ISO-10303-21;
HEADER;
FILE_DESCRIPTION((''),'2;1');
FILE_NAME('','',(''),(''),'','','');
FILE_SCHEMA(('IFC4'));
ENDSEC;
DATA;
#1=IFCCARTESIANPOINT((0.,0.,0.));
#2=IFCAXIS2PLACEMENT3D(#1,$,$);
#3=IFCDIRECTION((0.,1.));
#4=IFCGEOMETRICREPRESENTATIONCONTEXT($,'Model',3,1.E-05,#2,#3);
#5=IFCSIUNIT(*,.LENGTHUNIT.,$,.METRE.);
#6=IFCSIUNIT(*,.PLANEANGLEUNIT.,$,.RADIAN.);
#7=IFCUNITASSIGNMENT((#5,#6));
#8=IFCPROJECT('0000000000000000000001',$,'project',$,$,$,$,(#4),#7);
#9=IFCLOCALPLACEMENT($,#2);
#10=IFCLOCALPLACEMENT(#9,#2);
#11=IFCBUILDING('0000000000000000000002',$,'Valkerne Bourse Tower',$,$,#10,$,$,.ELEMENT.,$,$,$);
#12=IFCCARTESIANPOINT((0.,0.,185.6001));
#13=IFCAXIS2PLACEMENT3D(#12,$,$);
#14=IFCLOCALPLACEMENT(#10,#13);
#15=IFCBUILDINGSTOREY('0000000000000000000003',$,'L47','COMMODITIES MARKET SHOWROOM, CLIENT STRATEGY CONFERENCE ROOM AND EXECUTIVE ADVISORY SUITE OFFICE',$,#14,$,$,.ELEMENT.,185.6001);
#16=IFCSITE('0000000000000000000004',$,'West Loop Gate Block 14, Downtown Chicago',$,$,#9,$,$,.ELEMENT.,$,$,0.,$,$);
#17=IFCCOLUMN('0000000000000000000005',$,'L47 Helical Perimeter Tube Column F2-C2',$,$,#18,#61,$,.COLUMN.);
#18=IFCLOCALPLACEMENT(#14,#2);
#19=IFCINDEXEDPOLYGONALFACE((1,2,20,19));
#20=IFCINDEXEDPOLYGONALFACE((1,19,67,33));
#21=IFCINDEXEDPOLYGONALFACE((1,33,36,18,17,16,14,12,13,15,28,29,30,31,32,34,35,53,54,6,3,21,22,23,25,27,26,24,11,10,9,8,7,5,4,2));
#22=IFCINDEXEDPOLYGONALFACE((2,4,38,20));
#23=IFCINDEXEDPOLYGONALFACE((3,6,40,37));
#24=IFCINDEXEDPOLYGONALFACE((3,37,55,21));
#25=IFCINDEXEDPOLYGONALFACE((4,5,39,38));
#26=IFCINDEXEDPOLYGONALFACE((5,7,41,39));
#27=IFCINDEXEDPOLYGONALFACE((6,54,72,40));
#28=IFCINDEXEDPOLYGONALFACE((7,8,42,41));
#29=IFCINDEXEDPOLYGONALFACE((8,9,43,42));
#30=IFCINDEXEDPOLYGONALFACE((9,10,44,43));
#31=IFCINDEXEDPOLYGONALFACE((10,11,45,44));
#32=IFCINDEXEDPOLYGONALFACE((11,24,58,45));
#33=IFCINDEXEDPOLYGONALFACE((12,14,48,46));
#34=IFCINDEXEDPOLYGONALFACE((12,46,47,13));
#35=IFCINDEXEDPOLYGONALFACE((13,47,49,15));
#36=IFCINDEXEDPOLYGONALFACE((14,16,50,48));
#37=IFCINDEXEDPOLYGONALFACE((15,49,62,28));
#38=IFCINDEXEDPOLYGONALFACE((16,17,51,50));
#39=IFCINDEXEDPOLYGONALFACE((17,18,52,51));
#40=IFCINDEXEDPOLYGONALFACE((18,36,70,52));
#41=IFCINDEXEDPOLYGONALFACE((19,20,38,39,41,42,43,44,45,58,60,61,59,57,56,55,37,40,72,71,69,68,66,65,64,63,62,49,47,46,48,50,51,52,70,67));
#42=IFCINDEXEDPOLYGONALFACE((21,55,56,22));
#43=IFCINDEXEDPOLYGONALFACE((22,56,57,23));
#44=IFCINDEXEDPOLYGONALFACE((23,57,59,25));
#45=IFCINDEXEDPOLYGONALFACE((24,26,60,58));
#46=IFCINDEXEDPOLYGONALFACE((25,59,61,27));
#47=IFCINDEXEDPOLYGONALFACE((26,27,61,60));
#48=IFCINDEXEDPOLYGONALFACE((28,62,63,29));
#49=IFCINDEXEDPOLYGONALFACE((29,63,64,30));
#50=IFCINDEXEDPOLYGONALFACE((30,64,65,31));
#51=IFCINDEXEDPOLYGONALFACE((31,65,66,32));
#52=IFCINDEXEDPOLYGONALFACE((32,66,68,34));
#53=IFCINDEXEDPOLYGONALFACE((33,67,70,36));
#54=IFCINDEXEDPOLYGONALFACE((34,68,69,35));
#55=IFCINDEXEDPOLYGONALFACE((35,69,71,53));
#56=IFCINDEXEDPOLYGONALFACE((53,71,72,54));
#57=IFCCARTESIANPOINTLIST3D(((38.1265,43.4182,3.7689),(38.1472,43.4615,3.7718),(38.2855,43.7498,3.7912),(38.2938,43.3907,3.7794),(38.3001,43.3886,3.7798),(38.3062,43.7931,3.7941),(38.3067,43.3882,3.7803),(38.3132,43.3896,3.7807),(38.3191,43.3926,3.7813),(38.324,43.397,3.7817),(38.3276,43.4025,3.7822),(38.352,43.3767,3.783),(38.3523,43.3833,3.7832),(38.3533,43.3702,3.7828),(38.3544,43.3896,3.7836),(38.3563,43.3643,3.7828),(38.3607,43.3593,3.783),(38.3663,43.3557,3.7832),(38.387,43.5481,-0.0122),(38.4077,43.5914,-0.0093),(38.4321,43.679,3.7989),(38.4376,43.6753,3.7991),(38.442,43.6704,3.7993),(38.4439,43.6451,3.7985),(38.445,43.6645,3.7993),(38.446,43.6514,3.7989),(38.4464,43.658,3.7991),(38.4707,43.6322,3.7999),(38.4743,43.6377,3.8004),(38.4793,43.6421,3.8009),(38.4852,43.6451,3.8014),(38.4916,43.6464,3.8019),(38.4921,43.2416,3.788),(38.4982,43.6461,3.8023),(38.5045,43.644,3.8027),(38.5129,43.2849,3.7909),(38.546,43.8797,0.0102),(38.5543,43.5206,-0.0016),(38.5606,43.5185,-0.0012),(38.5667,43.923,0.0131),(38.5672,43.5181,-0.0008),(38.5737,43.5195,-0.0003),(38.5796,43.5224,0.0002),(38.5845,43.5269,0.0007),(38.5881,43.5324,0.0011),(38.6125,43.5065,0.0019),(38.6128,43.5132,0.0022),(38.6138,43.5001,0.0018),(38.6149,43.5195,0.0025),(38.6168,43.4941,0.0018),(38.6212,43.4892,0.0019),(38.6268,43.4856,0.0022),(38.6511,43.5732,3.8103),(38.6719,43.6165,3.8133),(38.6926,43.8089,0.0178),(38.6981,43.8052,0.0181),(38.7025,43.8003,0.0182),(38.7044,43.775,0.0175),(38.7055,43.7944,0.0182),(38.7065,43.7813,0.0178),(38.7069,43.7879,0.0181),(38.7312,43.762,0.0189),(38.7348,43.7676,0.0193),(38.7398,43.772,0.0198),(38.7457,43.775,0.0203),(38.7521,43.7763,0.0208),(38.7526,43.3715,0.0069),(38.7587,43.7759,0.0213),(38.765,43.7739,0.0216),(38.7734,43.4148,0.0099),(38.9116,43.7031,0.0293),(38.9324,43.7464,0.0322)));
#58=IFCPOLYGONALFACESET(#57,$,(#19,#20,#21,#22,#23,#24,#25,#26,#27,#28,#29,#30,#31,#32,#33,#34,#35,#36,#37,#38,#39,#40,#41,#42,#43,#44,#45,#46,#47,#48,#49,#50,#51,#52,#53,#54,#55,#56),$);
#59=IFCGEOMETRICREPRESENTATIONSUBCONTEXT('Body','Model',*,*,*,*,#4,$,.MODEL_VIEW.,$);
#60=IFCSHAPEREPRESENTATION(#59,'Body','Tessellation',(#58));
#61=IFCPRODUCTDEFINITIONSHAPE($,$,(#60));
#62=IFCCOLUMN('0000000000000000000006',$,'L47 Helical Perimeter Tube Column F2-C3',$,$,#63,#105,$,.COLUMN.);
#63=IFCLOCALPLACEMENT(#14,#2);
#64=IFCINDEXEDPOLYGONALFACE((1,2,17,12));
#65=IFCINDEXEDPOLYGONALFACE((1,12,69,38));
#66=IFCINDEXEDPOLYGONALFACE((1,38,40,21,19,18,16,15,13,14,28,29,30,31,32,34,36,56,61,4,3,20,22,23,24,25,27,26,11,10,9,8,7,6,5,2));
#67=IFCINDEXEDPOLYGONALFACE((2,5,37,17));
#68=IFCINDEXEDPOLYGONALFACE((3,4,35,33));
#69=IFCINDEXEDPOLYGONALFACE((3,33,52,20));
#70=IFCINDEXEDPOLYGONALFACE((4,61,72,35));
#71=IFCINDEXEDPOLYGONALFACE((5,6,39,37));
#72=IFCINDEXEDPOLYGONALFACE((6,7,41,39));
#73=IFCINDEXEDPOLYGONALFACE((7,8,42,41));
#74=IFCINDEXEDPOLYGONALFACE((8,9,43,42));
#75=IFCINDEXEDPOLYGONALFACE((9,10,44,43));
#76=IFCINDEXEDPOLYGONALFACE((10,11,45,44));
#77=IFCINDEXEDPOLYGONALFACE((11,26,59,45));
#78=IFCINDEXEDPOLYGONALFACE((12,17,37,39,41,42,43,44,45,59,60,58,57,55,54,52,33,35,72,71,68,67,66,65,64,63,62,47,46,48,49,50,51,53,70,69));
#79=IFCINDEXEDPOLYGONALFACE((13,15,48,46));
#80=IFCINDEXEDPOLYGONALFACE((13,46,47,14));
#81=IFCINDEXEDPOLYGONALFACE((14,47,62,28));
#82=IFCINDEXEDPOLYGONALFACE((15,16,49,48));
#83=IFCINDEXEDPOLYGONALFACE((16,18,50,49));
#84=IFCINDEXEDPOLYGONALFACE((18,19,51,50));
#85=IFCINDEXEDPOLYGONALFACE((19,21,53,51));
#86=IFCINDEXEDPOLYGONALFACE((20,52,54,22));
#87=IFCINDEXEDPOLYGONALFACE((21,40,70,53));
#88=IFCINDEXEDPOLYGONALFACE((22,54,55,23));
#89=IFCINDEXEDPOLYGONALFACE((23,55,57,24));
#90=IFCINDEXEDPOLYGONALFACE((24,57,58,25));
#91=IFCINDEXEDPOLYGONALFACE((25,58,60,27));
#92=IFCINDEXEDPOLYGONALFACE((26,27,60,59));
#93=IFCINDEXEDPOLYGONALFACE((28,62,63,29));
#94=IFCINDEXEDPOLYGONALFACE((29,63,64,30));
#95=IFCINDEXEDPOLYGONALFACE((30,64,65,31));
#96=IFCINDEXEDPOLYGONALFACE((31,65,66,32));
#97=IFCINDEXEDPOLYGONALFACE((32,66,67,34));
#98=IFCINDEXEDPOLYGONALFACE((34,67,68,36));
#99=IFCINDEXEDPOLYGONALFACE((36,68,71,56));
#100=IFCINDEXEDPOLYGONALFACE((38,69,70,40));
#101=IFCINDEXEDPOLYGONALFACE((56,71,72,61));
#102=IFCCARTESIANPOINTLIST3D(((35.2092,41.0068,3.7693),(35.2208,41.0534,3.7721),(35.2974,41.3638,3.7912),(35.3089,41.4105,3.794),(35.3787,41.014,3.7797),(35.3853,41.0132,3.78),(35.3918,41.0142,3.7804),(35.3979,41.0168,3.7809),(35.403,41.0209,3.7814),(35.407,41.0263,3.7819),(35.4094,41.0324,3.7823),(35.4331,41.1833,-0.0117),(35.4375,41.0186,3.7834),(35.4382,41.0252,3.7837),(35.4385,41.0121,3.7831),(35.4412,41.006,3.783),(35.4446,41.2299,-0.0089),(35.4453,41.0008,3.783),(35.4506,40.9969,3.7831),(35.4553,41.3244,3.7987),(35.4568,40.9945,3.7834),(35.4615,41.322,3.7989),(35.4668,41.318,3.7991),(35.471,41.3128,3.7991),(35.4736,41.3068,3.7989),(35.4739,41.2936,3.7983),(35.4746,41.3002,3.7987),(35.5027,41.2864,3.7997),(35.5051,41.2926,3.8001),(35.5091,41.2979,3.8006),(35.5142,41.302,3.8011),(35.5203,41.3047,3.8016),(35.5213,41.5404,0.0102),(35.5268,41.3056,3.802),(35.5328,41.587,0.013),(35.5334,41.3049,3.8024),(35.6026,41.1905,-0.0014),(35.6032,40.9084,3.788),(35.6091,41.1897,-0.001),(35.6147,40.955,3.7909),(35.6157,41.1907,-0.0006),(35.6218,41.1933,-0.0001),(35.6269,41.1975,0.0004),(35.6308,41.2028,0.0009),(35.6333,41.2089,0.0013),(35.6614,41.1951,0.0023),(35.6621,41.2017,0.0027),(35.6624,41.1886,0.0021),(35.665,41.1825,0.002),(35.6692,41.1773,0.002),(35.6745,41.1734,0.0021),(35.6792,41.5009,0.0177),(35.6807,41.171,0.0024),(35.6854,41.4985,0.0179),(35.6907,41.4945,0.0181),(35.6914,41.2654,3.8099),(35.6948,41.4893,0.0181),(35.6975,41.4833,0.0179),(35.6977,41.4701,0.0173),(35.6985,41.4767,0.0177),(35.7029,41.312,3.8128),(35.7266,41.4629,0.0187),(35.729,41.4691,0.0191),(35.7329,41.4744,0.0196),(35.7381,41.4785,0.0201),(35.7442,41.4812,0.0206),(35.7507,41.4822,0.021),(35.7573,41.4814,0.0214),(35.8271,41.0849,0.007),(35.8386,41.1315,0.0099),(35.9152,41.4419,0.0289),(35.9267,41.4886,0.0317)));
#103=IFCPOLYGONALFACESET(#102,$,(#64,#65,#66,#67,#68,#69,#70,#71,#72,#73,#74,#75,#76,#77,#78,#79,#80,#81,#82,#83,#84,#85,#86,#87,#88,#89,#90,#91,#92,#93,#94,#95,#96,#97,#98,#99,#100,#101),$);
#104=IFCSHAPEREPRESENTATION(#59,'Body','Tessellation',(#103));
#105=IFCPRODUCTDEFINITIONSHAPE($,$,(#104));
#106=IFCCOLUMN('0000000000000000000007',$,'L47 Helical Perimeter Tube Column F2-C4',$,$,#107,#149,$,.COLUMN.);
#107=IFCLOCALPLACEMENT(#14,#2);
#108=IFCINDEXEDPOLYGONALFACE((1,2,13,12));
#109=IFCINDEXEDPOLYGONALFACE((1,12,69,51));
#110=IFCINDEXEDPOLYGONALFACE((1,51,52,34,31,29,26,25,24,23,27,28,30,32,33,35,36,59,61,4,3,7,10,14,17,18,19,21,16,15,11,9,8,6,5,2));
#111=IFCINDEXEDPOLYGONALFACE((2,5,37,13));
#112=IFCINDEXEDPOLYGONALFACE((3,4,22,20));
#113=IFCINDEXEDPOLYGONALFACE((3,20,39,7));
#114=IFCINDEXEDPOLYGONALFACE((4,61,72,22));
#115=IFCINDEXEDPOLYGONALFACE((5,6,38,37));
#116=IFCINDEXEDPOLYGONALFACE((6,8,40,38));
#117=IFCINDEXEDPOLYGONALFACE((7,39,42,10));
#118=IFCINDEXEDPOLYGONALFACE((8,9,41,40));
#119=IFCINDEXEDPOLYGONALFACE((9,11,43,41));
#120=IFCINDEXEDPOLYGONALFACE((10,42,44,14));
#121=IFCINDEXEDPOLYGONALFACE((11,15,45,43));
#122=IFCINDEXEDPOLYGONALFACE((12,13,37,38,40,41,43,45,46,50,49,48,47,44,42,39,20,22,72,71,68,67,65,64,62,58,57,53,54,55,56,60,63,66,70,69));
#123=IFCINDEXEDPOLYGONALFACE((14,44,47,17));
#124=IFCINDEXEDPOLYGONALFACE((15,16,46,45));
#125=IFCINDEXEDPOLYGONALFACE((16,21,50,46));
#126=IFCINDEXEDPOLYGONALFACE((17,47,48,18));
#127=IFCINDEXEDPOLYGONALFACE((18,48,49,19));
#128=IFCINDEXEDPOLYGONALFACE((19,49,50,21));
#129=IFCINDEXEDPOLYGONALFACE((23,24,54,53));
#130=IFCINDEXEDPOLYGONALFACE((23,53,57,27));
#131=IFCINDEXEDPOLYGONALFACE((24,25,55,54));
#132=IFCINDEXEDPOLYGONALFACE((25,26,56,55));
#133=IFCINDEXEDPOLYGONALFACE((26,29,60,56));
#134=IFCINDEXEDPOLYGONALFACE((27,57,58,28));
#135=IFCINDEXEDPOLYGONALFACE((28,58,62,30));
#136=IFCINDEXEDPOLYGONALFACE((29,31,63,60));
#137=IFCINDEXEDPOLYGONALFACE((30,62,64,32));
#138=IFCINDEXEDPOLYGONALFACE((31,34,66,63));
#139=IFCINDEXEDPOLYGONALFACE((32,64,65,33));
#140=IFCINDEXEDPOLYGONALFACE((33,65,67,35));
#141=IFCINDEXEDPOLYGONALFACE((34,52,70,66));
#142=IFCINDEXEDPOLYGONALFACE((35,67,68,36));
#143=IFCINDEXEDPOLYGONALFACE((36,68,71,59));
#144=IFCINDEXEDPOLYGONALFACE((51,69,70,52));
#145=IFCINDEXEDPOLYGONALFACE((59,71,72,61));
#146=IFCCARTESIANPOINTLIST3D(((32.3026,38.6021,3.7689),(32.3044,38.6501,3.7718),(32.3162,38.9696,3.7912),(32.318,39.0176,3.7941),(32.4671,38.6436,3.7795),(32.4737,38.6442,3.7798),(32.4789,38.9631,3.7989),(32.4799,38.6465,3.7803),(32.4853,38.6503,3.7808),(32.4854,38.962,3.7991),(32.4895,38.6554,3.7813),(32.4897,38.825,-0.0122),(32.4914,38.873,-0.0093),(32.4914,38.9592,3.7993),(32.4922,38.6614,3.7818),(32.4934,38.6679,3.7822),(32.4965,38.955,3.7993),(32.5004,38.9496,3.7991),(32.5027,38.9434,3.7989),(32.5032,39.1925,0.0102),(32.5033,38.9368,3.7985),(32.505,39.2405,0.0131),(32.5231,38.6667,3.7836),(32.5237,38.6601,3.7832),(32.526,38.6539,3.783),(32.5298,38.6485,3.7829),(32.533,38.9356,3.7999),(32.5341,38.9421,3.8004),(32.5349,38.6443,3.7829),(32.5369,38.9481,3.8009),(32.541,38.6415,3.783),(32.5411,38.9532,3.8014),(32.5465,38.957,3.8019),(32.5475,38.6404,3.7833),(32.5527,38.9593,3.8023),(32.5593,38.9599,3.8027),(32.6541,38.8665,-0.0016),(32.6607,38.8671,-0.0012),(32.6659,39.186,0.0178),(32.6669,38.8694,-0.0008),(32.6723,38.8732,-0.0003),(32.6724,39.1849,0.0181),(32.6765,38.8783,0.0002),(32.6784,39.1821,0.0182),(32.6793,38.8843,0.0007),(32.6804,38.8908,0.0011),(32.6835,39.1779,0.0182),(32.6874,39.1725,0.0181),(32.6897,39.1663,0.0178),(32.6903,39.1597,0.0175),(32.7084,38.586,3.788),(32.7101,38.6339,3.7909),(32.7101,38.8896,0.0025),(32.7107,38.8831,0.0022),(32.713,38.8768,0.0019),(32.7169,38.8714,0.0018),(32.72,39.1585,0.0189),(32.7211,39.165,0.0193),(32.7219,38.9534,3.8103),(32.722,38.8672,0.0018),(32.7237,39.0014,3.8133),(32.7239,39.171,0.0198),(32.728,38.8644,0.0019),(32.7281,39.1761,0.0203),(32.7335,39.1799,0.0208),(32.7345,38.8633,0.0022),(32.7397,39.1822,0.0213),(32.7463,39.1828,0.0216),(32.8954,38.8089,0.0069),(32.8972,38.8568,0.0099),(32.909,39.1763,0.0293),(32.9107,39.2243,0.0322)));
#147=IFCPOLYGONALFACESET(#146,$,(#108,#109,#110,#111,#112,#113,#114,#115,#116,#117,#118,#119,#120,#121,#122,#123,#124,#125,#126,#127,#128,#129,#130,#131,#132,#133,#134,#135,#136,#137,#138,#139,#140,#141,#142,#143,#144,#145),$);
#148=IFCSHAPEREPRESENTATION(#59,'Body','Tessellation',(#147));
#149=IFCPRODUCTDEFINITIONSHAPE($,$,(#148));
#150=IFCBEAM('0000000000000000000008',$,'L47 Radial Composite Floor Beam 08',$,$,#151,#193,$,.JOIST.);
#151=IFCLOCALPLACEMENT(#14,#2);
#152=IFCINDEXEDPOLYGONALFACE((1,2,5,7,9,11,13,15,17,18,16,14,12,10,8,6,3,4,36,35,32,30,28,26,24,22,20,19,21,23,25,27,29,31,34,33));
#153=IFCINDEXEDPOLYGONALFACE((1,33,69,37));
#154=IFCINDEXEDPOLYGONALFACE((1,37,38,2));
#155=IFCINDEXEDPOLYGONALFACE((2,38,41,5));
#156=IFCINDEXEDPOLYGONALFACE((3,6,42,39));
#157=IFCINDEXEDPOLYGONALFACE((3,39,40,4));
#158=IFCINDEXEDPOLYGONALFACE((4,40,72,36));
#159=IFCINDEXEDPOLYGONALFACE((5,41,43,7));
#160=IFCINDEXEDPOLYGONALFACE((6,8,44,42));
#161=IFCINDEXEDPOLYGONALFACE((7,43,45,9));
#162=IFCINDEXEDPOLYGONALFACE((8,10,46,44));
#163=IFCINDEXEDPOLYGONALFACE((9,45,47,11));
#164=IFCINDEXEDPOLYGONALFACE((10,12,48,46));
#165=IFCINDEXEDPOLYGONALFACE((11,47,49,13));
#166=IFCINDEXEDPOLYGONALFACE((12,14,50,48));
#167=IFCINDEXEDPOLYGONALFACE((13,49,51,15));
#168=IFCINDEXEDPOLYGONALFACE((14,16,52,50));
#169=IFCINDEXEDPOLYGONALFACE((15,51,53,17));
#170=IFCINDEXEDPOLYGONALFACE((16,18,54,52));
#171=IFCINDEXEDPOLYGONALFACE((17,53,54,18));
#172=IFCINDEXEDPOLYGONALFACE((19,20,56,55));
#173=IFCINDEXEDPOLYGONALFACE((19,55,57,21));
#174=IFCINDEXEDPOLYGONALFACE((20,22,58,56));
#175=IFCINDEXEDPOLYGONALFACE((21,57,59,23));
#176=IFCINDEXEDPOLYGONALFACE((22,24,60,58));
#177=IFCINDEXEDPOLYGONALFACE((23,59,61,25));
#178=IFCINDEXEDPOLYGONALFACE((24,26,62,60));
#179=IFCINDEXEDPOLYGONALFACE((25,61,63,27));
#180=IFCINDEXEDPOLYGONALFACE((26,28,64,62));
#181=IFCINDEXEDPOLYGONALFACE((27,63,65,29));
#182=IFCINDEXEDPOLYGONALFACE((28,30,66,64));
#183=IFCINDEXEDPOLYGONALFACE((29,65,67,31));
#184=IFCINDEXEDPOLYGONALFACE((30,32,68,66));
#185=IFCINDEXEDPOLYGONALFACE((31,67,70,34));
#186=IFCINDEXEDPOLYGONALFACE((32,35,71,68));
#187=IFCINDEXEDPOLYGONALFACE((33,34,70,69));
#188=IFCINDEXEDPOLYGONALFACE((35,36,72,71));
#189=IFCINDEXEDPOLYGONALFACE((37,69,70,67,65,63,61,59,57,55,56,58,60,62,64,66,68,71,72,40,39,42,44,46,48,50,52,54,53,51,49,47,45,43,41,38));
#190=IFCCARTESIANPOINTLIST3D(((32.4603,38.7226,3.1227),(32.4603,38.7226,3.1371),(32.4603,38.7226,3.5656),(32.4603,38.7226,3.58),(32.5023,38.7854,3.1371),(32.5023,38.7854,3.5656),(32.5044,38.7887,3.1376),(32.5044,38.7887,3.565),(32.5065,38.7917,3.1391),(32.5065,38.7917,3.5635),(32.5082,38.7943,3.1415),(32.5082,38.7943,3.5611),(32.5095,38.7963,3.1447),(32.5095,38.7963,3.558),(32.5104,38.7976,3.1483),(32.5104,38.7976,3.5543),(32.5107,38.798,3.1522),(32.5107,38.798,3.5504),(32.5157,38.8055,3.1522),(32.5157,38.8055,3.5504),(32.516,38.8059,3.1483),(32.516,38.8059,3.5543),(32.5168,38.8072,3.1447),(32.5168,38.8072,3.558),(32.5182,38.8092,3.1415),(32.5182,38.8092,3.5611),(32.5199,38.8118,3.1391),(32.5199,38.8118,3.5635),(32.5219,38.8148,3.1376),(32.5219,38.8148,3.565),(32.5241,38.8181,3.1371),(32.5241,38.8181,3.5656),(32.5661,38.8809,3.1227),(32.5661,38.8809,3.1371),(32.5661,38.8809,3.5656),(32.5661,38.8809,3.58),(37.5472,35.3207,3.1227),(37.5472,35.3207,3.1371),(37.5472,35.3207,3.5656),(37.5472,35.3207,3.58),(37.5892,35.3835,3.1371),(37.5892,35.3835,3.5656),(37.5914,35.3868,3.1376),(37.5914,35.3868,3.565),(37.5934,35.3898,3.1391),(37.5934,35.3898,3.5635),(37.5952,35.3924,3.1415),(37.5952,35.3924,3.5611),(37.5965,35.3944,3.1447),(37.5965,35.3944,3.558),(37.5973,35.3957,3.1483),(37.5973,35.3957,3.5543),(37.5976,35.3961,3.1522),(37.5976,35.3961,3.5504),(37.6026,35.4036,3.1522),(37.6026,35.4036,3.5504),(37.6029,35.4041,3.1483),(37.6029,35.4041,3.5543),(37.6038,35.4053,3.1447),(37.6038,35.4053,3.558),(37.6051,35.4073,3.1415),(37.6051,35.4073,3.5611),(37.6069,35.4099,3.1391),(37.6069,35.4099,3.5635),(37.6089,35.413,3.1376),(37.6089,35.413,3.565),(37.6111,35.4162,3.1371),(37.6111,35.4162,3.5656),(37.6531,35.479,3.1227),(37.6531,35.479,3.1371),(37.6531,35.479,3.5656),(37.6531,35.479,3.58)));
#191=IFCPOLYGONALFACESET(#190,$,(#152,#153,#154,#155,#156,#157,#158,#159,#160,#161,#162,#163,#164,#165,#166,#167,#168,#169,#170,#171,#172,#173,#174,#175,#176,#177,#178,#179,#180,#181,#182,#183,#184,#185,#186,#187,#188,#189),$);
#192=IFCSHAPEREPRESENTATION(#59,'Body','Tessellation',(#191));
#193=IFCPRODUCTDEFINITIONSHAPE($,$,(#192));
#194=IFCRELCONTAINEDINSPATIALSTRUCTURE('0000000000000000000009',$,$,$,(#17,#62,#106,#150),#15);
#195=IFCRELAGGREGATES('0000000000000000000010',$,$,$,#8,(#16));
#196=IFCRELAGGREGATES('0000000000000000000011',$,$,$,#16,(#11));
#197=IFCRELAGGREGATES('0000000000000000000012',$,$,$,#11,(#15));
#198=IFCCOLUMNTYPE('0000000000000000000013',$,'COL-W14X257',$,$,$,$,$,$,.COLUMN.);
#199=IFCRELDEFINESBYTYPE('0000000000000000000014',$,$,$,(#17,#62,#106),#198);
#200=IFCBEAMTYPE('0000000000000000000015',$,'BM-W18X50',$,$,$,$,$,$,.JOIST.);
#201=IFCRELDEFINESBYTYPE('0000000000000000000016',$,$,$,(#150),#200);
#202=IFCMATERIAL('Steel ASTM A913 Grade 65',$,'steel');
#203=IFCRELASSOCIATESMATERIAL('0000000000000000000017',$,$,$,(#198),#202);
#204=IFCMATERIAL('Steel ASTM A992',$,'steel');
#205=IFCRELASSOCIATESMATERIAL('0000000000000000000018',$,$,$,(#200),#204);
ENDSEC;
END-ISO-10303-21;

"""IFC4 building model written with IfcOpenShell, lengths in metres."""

from ifc_helpers import new_model, si_unit, direction, frame, origin, origin_2d, place, context, subcontext, project, spatial, i_section, extrude, material, material_profile, profile_set, type_object, element, save


model = new_model("IFC4")

# Units and contexts
model_context = context("Model", 3, precision=1e-05, world=origin(), true_north=direction((0.0, 1.0)))
body_context = subcontext(model_context, "Body", "Model", "MODEL_VIEW")
ifc_project = project(units=[si_unit("LENGTHUNIT", "METRE"), si_unit("PLANEANGLEUNIT", "RADIAN")], contexts=[model_context])

# Site, building, storey
site_placement = place(None, origin())
site = spatial("IfcSite", under=ifc_project, at=site_placement, Name="West Loop Gate Block 14, Downtown Chicago", CompositionType="ELEMENT", RefElevation=0.0)
building_placement = place(site_placement, origin())
building = spatial("IfcBuilding", under=site, at=building_placement, Name="Valkerne Bourse Tower", CompositionType="ELEMENT")
storey_placement = place(building_placement, frame((0.0, 0.0, 185.6001)))
storey = spatial("IfcBuildingStorey", under=building, at=storey_placement, Name="L47", Description="COMMODITIES MARKET SHOWROOM, CLIENT STRATEGY CONFERENCE ROOM AND EXECUTIVE ADVISORY SUITE OFFICE", CompositionType="ELEMENT", Elevation=185.6001)

# Columns
ifc_material_1 = material(Name="Steel ASTM A913 Grade 65", Category="steel")
ifc_material_profile_1 = material_profile(ifc_material_1, i_section(OverallWidth=0.4065, OverallDepth=0.4165, WebThickness=0.0298, FlangeThickness=0.0481, FilletRadius=0.0254, at=origin_2d()), Name="W14X257")
ifc_profile_set_1 = profile_set([ifc_material_profile_1], Name="Steel ASTM A913 Grade 65")
column_type = type_object("IfcColumnType", Name="COL-W14X257", PredefinedType="COLUMN", material=ifc_profile_set_1)
column_1_placement = place(storey_placement, frame((38.6597, 43.6472, 0.01), z_axis=(-0.068693, -0.03425, 0.99705), x_axis=(-0.899463, 0.434457, -0.047046)))
element("IfcColumn", 1, at=column_1_placement, inside=storey, type_object=column_type, Name="L47 Helical Perimeter Tube Column F2-C2", PredefinedType="COLUMN", context=body_context, shape_type="SweptSolid", body=[
    extrude(i_section(OverallWidth=0.4065, OverallDepth=0.4165, WebThickness=0.0298, FlangeThickness=0.0481, FilletRadius=0.0254, at=origin_2d()), origin(), (0.0, 0.0, 1.0), 3.7922),
])
column_2_placement = place(storey_placement, frame((35.6799, 41.3359, 0.01), z_axis=(-0.059043, -0.046552, 0.997169), x_axis=(-0.96916, 0.242087, -0.046083)))
element("IfcColumn", 2, at=column_2_placement, inside=storey, type_object=column_type, Name="L47 Helical Perimeter Tube Column F2-C3", PredefinedType="COLUMN", context=body_context, shape_type="SweptSolid", body=[
    extrude(i_section(OverallWidth=0.4065, OverallDepth=0.4165, WebThickness=0.0298, FlangeThickness=0.0481, FilletRadius=0.0254, at=origin_2d()), origin(), (0.0, 0.0, 1.0), 3.7917),
])
column_3_placement = place(storey_placement, frame((32.7002, 39.0247, 0.01), z_axis=(-0.049315, -0.058779, 0.997052), x_axis=(-0.998104, 0.039709, -0.047026)))
element("IfcColumn", 3, at=column_3_placement, inside=storey, type_object=column_type, Name="L47 Helical Perimeter Tube Column F2-C4", PredefinedType="COLUMN", context=body_context, shape_type="SweptSolid", body=[
    extrude(i_section(OverallWidth=0.4065, OverallDepth=0.4165, WebThickness=0.0298, FlangeThickness=0.0481, FilletRadius=0.0254, at=origin_2d()), origin(), (0.0, 0.0, 1.0), 3.7922),
])

# Beam
ifc_material_2 = material(Name="Steel ASTM A992", Category="steel")
ifc_material_profile_2 = material_profile(ifc_material_2, i_section(OverallWidth=0.1904, OverallDepth=0.4573, WebThickness=0.009, FlangeThickness=0.0144, FilletRadius=0.0151, at=origin_2d()), Name="W18X50")
ifc_profile_set_2 = profile_set([ifc_material_profile_2], Name="Steel ASTM A992")
beam_type_1 = type_object("IfcBeamType", Name="BM-W18X50", PredefinedType="JOIST", material=ifc_profile_set_2)
beam_1_placement = place(storey_placement, frame((32.5132, 38.8018, 3.3513), z_axis=(0.831252, -0.555896, 0.0), x_axis=(0.555896, 0.831252, 0.0)))
element("IfcBeam", 4, at=beam_1_placement, inside=storey, type_object=beam_type_1, Name="L47 Radial Composite Floor Beam 08", PredefinedType="JOIST", context=body_context, shape_type="SweptSolid", body=[
    extrude(i_section(OverallWidth=0.1904, OverallDepth=0.4573, WebThickness=0.009, FlangeThickness=0.0144, FilletRadius=0.0151, at=origin_2d()), origin(), (0.0, 0.0, 1.0), 6.1196),
])

save(model, "model.ifc")
